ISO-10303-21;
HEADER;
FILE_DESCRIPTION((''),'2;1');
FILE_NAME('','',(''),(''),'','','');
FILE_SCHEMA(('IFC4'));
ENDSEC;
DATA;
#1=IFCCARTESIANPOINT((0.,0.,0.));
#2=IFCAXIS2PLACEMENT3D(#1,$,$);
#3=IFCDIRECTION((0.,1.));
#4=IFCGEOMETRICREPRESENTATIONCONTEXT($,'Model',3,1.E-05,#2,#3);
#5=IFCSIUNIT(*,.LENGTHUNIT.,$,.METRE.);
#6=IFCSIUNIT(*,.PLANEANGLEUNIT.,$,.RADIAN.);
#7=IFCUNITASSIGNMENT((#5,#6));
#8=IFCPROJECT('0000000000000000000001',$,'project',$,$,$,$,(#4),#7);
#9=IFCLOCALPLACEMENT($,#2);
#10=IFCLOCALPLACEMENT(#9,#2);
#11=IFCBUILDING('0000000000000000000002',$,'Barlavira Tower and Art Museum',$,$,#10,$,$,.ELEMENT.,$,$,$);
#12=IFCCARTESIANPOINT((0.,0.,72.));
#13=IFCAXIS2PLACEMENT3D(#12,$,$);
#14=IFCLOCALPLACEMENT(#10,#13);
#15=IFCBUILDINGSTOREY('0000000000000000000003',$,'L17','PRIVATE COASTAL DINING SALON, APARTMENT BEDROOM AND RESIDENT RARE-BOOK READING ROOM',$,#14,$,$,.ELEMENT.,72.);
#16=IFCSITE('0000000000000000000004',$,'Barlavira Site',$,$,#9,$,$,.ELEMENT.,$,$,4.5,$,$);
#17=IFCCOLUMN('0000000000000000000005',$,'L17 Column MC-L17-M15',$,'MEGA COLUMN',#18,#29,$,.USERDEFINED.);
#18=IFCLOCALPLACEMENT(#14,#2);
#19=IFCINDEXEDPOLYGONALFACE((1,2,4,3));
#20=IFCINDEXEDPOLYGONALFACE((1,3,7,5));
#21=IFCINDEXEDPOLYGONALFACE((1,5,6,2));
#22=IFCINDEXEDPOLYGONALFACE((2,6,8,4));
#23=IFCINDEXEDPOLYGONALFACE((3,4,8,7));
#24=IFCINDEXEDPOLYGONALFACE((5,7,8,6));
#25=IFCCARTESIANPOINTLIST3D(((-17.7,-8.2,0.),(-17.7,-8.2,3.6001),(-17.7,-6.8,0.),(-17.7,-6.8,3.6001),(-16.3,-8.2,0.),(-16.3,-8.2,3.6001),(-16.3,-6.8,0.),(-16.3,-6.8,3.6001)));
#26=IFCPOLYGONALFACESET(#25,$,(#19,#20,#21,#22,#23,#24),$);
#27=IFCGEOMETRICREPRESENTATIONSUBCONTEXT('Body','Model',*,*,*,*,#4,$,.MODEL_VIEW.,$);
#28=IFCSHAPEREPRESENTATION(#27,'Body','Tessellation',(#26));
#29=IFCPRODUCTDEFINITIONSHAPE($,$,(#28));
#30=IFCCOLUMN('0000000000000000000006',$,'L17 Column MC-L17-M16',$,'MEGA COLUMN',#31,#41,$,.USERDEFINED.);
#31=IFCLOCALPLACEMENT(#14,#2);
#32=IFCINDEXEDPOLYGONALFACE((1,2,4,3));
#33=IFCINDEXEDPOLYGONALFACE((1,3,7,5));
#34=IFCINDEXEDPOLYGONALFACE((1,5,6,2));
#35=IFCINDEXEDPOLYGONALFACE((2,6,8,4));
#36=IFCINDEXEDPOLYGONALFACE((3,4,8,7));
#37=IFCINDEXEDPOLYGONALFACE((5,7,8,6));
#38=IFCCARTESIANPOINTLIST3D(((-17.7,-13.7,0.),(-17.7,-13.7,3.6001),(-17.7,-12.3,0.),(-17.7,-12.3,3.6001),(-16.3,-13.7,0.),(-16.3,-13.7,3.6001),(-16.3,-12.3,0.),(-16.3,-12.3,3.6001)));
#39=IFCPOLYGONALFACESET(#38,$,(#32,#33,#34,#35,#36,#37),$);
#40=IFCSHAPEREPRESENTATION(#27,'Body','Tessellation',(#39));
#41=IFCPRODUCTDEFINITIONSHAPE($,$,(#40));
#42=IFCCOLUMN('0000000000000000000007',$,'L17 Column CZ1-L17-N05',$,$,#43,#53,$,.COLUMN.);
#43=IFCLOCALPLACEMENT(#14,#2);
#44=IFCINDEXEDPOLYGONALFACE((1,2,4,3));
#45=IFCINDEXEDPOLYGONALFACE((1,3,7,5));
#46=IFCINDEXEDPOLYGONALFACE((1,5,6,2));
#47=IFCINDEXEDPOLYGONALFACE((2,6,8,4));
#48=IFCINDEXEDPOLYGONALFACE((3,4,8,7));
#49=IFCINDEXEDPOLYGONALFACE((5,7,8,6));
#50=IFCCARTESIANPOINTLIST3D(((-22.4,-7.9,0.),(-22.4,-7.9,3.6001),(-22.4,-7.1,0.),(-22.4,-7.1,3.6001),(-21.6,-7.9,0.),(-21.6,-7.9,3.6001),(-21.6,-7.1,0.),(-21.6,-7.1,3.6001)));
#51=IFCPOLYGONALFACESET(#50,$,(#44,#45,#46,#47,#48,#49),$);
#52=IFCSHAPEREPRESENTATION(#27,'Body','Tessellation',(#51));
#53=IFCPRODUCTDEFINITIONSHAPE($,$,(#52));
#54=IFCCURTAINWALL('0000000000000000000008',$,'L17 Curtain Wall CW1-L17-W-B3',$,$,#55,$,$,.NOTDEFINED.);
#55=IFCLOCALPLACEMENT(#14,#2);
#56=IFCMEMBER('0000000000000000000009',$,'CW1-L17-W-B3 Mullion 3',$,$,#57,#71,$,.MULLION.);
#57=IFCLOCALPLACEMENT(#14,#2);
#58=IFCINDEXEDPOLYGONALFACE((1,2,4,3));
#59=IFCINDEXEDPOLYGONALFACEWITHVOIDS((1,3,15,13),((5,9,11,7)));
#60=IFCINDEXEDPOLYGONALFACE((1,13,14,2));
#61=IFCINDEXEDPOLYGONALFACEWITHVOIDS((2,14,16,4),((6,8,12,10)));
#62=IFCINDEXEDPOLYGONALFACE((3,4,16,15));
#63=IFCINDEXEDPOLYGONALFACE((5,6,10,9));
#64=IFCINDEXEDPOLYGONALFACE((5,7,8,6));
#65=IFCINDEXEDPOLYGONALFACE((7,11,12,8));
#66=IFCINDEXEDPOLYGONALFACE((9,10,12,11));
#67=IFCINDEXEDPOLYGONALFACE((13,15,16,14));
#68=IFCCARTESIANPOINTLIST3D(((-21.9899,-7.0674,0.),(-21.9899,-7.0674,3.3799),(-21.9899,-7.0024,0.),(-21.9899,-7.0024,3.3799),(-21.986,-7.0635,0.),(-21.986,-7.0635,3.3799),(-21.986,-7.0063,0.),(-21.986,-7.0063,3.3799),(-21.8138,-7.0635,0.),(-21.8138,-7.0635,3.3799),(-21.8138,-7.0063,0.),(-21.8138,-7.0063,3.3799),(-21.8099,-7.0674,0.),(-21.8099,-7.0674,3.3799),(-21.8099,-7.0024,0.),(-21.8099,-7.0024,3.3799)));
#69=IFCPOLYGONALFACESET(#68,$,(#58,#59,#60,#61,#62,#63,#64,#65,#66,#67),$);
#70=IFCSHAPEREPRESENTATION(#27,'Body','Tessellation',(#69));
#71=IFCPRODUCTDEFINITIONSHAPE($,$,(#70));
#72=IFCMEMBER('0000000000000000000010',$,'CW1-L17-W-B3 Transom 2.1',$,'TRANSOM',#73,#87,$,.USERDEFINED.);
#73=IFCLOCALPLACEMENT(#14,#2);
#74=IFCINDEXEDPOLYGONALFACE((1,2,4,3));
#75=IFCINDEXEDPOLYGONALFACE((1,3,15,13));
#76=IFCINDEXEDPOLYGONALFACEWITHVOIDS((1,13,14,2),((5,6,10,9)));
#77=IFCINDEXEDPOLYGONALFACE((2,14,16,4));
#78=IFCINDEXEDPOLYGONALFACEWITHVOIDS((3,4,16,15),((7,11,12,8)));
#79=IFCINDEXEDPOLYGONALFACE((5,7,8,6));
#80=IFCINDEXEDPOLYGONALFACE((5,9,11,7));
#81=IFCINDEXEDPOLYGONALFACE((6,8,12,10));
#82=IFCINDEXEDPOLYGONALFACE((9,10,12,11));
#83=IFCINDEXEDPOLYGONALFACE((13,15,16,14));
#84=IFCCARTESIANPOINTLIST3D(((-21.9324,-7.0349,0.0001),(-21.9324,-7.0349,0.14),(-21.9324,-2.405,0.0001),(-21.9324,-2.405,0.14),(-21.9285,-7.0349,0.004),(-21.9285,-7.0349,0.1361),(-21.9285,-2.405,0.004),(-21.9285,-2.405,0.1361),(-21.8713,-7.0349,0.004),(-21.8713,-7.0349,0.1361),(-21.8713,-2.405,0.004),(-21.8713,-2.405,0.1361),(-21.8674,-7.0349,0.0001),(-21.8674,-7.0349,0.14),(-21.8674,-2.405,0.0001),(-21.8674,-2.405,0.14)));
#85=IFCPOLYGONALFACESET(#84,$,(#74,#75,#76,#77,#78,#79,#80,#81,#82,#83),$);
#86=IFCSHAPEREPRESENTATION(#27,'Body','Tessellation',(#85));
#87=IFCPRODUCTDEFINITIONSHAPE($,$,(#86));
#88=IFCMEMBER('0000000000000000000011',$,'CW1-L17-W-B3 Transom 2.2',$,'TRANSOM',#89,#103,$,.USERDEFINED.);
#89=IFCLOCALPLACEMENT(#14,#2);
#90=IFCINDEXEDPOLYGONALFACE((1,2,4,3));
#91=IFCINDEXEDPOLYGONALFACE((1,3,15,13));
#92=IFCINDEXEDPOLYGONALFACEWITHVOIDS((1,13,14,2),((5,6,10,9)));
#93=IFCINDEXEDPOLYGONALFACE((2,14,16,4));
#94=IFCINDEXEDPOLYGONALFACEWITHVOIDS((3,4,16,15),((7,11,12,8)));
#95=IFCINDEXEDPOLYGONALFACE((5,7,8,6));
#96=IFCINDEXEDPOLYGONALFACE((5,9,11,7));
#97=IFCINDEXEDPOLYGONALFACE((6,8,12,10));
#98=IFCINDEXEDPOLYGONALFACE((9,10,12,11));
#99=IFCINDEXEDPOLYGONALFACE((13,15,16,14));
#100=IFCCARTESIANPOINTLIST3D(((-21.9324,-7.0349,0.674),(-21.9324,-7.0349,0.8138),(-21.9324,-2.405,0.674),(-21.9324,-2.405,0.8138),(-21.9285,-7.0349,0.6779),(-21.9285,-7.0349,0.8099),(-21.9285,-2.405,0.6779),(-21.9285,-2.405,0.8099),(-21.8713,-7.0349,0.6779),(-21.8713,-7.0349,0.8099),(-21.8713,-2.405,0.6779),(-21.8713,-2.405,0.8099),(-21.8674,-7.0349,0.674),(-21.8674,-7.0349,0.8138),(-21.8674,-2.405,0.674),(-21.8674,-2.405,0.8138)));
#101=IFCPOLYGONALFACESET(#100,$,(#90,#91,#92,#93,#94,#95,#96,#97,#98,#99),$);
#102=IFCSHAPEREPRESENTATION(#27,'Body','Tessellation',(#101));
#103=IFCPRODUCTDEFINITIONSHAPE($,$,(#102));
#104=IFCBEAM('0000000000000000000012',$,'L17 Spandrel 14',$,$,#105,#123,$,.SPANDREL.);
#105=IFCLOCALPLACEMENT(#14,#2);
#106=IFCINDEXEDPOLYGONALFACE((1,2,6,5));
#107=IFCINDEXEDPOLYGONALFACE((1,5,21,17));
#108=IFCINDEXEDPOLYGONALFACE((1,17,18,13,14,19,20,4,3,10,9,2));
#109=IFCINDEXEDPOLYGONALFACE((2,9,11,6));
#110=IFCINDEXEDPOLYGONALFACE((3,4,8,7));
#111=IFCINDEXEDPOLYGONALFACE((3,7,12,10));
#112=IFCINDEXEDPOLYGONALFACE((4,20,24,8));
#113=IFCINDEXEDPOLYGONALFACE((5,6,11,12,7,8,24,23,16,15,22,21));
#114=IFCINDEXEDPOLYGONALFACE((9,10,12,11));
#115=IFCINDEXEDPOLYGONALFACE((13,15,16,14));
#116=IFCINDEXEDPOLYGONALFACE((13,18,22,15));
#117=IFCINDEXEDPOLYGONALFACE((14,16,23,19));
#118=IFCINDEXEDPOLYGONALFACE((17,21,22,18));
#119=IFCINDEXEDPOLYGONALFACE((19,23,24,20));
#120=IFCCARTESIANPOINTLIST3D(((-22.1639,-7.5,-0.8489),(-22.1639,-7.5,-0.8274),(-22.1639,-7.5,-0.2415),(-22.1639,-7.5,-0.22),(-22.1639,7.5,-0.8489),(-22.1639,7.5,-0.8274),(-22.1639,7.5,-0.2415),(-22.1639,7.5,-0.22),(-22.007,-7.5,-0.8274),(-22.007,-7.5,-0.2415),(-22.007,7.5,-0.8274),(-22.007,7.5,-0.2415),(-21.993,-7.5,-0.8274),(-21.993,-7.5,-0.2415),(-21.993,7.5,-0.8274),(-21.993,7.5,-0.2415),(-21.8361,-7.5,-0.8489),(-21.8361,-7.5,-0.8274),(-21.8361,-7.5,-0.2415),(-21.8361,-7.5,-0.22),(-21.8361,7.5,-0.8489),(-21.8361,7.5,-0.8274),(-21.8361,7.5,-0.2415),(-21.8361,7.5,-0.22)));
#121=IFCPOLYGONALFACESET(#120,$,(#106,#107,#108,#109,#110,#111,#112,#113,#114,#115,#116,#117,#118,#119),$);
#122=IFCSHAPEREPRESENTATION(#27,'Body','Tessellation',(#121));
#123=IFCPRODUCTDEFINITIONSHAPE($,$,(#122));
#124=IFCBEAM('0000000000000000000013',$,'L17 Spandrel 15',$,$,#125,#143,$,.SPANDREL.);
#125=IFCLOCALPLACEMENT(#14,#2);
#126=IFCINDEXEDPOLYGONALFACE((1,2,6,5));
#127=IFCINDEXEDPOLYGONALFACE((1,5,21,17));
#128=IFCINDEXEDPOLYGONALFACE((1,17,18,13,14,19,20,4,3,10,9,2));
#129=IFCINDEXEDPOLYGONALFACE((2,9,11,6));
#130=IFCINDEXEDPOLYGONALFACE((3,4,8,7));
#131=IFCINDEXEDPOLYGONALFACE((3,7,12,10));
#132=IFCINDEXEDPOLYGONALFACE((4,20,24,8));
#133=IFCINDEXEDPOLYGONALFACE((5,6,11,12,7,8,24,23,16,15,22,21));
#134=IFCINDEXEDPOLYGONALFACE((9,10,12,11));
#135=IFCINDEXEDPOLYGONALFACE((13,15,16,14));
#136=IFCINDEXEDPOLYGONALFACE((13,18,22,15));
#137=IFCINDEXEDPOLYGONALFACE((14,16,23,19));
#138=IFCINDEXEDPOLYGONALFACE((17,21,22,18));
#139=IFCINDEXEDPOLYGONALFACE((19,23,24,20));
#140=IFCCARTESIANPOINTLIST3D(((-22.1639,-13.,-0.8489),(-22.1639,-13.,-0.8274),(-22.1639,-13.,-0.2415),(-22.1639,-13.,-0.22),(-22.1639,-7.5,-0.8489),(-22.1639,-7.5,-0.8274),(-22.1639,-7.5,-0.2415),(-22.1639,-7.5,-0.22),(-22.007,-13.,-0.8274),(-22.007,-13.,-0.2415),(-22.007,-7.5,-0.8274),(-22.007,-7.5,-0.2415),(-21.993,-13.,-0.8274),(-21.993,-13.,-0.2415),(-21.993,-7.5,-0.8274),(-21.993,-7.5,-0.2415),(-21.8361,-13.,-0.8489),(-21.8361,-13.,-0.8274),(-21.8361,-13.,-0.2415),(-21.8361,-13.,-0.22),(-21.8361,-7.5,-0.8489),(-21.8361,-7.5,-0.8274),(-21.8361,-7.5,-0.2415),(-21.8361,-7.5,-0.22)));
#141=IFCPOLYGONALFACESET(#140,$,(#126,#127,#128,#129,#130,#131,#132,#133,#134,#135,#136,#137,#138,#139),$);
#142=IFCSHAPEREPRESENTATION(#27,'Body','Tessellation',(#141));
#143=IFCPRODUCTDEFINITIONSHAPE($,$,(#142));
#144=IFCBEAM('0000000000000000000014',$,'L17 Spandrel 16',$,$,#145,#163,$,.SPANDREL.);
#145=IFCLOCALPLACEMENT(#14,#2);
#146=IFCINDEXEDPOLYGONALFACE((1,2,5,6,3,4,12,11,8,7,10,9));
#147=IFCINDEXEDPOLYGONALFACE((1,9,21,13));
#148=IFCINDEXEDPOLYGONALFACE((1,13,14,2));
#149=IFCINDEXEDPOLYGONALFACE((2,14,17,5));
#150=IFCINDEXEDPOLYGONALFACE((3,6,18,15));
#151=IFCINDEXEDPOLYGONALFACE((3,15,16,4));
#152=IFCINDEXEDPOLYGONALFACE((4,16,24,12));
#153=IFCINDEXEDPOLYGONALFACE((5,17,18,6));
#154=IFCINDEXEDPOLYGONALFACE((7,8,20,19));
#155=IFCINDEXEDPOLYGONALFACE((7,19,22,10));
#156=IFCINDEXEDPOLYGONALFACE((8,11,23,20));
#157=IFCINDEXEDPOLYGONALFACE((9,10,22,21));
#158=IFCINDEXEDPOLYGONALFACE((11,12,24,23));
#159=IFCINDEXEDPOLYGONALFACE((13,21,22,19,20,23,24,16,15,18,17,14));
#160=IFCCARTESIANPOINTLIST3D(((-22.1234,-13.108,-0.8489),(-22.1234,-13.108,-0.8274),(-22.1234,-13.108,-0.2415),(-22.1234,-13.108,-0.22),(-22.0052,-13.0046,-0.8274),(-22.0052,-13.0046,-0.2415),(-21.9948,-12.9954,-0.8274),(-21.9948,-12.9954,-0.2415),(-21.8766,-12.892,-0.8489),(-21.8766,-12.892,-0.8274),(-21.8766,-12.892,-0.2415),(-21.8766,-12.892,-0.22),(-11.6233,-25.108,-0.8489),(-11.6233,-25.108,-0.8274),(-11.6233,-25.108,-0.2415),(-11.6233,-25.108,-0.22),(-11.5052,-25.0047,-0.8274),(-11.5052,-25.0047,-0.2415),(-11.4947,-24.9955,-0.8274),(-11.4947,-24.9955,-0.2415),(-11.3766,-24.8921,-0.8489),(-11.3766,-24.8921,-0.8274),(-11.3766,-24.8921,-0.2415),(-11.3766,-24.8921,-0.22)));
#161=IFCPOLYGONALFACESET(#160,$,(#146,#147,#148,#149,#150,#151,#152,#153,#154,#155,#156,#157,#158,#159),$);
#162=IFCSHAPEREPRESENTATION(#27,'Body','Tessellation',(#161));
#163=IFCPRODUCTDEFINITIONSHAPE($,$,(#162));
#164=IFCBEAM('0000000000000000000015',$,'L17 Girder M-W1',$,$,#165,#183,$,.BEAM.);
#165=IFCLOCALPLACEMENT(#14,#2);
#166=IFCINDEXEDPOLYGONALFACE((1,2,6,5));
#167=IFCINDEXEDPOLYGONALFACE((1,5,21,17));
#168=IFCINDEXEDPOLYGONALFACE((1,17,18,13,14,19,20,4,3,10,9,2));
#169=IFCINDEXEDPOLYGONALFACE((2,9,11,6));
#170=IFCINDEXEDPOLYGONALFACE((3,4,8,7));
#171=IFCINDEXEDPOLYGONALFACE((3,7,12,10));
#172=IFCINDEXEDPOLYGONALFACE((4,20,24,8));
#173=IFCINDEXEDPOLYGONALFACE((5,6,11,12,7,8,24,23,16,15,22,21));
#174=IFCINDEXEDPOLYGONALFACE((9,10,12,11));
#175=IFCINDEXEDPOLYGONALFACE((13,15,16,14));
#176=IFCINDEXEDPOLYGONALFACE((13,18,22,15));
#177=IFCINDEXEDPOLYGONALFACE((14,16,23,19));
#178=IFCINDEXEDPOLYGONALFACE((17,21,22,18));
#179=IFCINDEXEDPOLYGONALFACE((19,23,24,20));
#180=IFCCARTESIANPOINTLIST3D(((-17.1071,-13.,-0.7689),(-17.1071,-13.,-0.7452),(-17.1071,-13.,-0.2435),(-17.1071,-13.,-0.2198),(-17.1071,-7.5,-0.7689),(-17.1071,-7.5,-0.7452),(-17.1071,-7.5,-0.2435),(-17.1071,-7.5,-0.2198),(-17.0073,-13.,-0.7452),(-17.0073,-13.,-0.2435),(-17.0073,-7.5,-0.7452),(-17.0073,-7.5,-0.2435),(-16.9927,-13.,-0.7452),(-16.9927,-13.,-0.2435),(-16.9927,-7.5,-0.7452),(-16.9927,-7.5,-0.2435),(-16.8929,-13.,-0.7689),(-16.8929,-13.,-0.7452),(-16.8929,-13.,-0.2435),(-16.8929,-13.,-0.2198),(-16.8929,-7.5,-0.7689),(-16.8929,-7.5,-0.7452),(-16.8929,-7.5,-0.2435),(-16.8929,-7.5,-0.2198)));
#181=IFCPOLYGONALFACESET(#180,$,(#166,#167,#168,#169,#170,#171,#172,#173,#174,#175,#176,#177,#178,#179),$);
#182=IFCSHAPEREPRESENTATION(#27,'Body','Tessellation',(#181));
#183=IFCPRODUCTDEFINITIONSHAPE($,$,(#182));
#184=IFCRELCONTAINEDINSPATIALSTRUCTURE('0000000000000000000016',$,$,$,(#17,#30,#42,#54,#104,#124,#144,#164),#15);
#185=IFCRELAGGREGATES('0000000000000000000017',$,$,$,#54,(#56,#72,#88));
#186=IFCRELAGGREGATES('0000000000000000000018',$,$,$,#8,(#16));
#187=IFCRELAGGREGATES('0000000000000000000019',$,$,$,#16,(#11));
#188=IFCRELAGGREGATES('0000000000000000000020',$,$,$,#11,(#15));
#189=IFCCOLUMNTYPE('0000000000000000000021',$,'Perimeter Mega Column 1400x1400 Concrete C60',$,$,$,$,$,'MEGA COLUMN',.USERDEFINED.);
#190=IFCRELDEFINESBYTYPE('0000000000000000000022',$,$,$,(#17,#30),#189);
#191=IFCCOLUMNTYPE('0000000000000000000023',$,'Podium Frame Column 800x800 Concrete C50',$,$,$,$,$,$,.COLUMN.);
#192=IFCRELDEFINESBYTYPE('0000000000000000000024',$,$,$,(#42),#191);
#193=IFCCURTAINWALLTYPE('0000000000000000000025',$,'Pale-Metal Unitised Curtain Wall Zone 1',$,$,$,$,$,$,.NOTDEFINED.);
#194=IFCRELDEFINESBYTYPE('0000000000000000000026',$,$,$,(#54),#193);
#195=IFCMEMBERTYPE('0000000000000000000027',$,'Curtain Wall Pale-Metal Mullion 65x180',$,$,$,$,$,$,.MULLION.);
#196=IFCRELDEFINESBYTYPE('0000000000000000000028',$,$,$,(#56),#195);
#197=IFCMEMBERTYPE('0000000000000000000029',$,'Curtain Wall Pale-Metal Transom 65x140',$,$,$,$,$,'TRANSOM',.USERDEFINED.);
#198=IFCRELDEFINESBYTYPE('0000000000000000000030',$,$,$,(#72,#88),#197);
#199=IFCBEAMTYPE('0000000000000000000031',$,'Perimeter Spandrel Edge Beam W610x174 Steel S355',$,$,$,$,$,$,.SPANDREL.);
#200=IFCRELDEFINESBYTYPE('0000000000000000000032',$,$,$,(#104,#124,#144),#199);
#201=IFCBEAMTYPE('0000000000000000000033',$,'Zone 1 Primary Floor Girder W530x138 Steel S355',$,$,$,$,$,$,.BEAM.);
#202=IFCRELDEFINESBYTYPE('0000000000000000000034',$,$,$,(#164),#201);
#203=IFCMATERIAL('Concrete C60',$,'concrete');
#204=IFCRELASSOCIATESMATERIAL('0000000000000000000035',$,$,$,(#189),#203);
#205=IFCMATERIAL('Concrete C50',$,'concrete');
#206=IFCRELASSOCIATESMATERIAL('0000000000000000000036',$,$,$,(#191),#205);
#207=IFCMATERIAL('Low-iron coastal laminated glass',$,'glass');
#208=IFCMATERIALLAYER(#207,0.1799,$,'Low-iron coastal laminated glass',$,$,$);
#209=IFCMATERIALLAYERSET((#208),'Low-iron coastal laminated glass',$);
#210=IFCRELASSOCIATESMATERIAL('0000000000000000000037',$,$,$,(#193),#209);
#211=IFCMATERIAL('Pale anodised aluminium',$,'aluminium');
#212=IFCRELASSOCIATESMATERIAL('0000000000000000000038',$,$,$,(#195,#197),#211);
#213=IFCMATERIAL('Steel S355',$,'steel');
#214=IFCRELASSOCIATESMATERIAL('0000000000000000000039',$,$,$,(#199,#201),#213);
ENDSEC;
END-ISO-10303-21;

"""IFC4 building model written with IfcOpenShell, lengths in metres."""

from ifc_helpers import new_model, si_unit, direction, frame, origin, origin_2d, place, context, subcontext, project, spatial, rectangle, hollow_rectangle, i_section, extrude, material, layer, layer_set, material_profile, profile_set, type_object, element, aggregate, save


model = new_model("IFC4")

# Units and contexts
model_context = context("Model", 3, precision=1e-05, world=origin(), true_north=direction((0.0, 1.0)))
body_context = subcontext(model_context, "Body", "Model", "MODEL_VIEW")
ifc_project = project(units=[si_unit("LENGTHUNIT", "METRE"), si_unit("PLANEANGLEUNIT", "RADIAN")], contexts=[model_context])

# Site, building, storey
site_placement = place(None, origin())
site = spatial("IfcSite", under=ifc_project, at=site_placement, Name="Barlavira Site", CompositionType="ELEMENT", RefElevation=4.5)
building_placement = place(site_placement, origin())
building = spatial("IfcBuilding", under=site, at=building_placement, Name="Barlavira Tower and Art Museum", CompositionType="ELEMENT")
storey_placement = place(building_placement, frame((0.0, 0.0, 72.0)))
storey = spatial("IfcBuildingStorey", under=building, at=storey_placement, Name="L17", Description="PRIVATE COASTAL DINING SALON, APARTMENT BEDROOM AND RESIDENT RARE-BOOK READING ROOM", CompositionType="ELEMENT", Elevation=72.0)

# Columns
ifc_material_1 = material(Name="Concrete C60", Category="concrete")
ifc_material_profile_1 = material_profile(ifc_material_1, rectangle(XDim=1.3999, YDim=1.3999, at=origin_2d()), Name="RC-MCOL 1400x1400")
ifc_profile_set_1 = profile_set([ifc_material_profile_1], Name="Concrete C60")
column_type_1 = type_object("IfcColumnType", Name="Perimeter Mega Column 1400x1400 Concrete C60", ElementType="MEGA COLUMN", PredefinedType="USERDEFINED", material=ifc_profile_set_1)
for number, where, z_axis, x_axis, name in (
    (1, (-17.0, -7.5, 0.0), (0.0, 0.0, 1.0), (1.0, 0.0, 0.0), "L17 Column MC-L17-M15"),
    (2, (-17.0, -13.0, 0.0), (0.0, 0.0, 1.0), (1.0, 0.0, 0.0), "L17 Column MC-L17-M16"),
):
    element("IfcColumn", number, at=place(storey_placement, frame(where, z_axis=z_axis, x_axis=x_axis)), inside=storey, type_object=column_type_1, Name=name, ObjectType="MEGA COLUMN", PredefinedType="USERDEFINED", context=body_context, shape_type="SweptSolid", body=[
        extrude(rectangle(XDim=1.3999, YDim=1.3999, at=origin_2d()), origin(), (0.0, 0.0, 1.0), 3.6001),
    ])
ifc_material_2 = material(Name="Concrete C50", Category="concrete")
ifc_material_profile_2 = material_profile(ifc_material_2, rectangle(XDim=0.8, YDim=0.8, at=origin_2d()), Name="RC-COL 800x800")
ifc_profile_set_2 = profile_set([ifc_material_profile_2], Name="Concrete C50")
column_type_2 = type_object("IfcColumnType", Name="Podium Frame Column 800x800 Concrete C50", PredefinedType="COLUMN", material=ifc_profile_set_2)
column_placement = place(storey_placement, frame((-22.0, -7.5, 0.0), z_axis=(0.0, 0.0, 1.0), x_axis=(1.0, 0.0, 0.0)))
element("IfcColumn", 3, at=column_placement, inside=storey, type_object=column_type_2, Name="L17 Column CZ1-L17-N05", PredefinedType="COLUMN", context=body_context, shape_type="SweptSolid", body=[
    extrude(rectangle(XDim=0.8, YDim=0.8, at=origin_2d()), origin(), (0.0, 0.0, 1.0), 3.6001),
])

# Curtain wall, members
ifc_material_3 = material(Name="Low-iron coastal laminated glass", Category="glass")
ifc_layer_1 = layer(ifc_material_3, 0.1799, Name="Low-iron coastal laminated glass")
ifc_layer_set_1 = layer_set([ifc_layer_1], Name="Low-iron coastal laminated glass")
curtain_wall_type = type_object("IfcCurtainWallType", Name="Pale-Metal Unitised Curtain Wall Zone 1", PredefinedType="NOTDEFINED", material=ifc_layer_set_1)
curtain_wall_placement = place(storey_placement, origin())
curtain_wall = element("IfcCurtainWall", 4, at=curtain_wall_placement, inside=storey, type_object=curtain_wall_type, Name="L17 Curtain Wall CW1-L17-W-B3", PredefinedType="NOTDEFINED")
ifc_material_4 = material(Name="Pale anodised aluminium", Category="aluminium")
ifc_material_profile_3 = material_profile(ifc_material_4, hollow_rectangle(XDim=0.0649, YDim=0.1799, WallThickness=0.0039, at=origin_2d()), Name="ALU-MULL 65x180x4")
ifc_profile_set_3 = profile_set([ifc_material_profile_3], Name="Pale anodised aluminium")
member_type_1 = type_object("IfcMemberType", Name="Curtain Wall Pale-Metal Mullion 65x180", PredefinedType="MULLION", material=ifc_profile_set_3)
member_1_placement = place(storey_placement, frame((-21.8999, -7.0349, 0.0), z_axis=(0.0, 0.0, 1.0), x_axis=(0.0, -1.0, 0.0)))
member_1 = element("IfcMember", 5, at=member_1_placement, type_object=member_type_1, Name="CW1-L17-W-B3 Mullion 3", PredefinedType="MULLION", context=body_context, shape_type="SweptSolid", body=[
    extrude(hollow_rectangle(XDim=0.0649, YDim=0.1799, WallThickness=0.0039, at=origin_2d()), origin(), (0.0, 0.0, 1.0), 3.3799),
])
ifc_material_profile_4 = material_profile(ifc_material_4, hollow_rectangle(XDim=0.0649, YDim=0.1399, WallThickness=0.0039, at=origin_2d()), Name="ALU-TRAN 65x140x4")
ifc_profile_set_4 = profile_set([ifc_material_profile_4], Name="Pale anodised aluminium")
member_type_2 = type_object("IfcMemberType", Name="Curtain Wall Pale-Metal Transom 65x140", ElementType="TRANSOM", PredefinedType="USERDEFINED", material=ifc_profile_set_4)
member_2_placement = place(storey_placement, frame((-21.8999, -2.405, 0.0701), z_axis=(0.0, -1.0, 0.0), x_axis=(1.0, 0.0, 0.0)))
member_2 = element("IfcMember", 6, at=member_2_placement, type_object=member_type_2, Name="CW1-L17-W-B3 Transom 2.1", ObjectType="TRANSOM", PredefinedType="USERDEFINED", context=body_context, shape_type="SweptSolid", body=[
    extrude(hollow_rectangle(XDim=0.0649, YDim=0.1399, WallThickness=0.0039, at=origin_2d()), origin(), (0.0, 0.0, 1.0), 4.6299),
])
member_3_placement = place(storey_placement, frame((-21.8999, -2.405, 0.7439), z_axis=(0.0, -1.0, 0.0), x_axis=(1.0, 0.0, 0.0)))
member_3 = element("IfcMember", 7, at=member_3_placement, type_object=member_type_2, Name="CW1-L17-W-B3 Transom 2.2", ObjectType="TRANSOM", PredefinedType="USERDEFINED", context=body_context, shape_type="SweptSolid", body=[
    extrude(hollow_rectangle(XDim=0.0649, YDim=0.1399, WallThickness=0.0039, at=origin_2d()), origin(), (0.0, 0.0, 1.0), 4.6299),
])

# Beams
ifc_material_5 = material(Name="Steel S355", Category="steel")
ifc_material_profile_5 = material_profile(ifc_material_5, i_section(OverallWidth=0.3279, OverallDepth=0.6289, WebThickness=0.0139, FlangeThickness=0.0215, at=origin_2d()), Name="W610x174.0")
ifc_profile_set_5 = profile_set([ifc_material_profile_5], Name="Steel S355")
beam_type_1 = type_object("IfcBeamType", Name="Perimeter Spandrel Edge Beam W610x174 Steel S355", PredefinedType="SPANDREL", material=ifc_profile_set_5)
beam_1_placement = place(storey_placement, frame((-22.0, -7.5, -0.5344), z_axis=(0.0, 1.0, 0.0), x_axis=(-1.0, 0.0, 0.0)))
element("IfcBeam", 8, at=beam_1_placement, inside=storey, type_object=beam_type_1, Name="L17 Spandrel 14", PredefinedType="SPANDREL", context=body_context, shape_type="SweptSolid", body=[
    extrude(i_section(OverallWidth=0.3279, OverallDepth=0.6289, WebThickness=0.0139, FlangeThickness=0.0215, at=origin_2d()), origin(), (0.0, 0.0, 1.0), 15.0),
])
beam_2_placement = place(storey_placement, frame((-22.0, -13.0, -0.5344), z_axis=(0.0, 1.0, 0.0), x_axis=(-1.0, 0.0, 0.0)))
element("IfcBeam", 9, at=beam_2_placement, inside=storey, type_object=beam_type_1, Name="L17 Spandrel 15", PredefinedType="SPANDREL", context=body_context, shape_type="SweptSolid", body=[
    extrude(i_section(OverallWidth=0.3279, OverallDepth=0.6289, WebThickness=0.0139, FlangeThickness=0.0215, at=origin_2d()), origin(), (0.0, 0.0, 1.0), 5.5),
])
beam_3_placement = place(storey_placement, frame((-22.0, -13.0, -0.5344), z_axis=(0.658505, -0.752577, 0.0), x_axis=(0.752577, 0.658505, 0.0)))
element("IfcBeam", 10, at=beam_3_placement, inside=storey, type_object=beam_type_1, Name="L17 Spandrel 16", PredefinedType="SPANDREL", context=body_context, shape_type="SweptSolid", body=[
    extrude(i_section(OverallWidth=0.3279, OverallDepth=0.6289, WebThickness=0.0139, FlangeThickness=0.0215, at=origin_2d()), origin(), (0.0, 0.0, 1.0), 15.9453),
])
ifc_material_profile_6 = material_profile(ifc_material_5, i_section(OverallWidth=0.2141, OverallDepth=0.5491, WebThickness=0.0146, FlangeThickness=0.0237, at=origin_2d()), Name="W530x138.0")
ifc_profile_set_6 = profile_set([ifc_material_profile_6], Name="Steel S355")
beam_type_2 = type_object("IfcBeamType", Name="Zone 1 Primary Floor Girder W530x138 Steel S355", PredefinedType="BEAM", material=ifc_profile_set_6)
beam_4_placement = place(storey_placement, frame((-17.0, -13.0, -0.4944), z_axis=(0.0, 1.0, 0.0), x_axis=(-1.0, 0.0, 0.0)))
element("IfcBeam", 11, at=beam_4_placement, inside=storey, type_object=beam_type_2, Name="L17 Girder M-W1", PredefinedType="BEAM", context=body_context, shape_type="SweptSolid", body=[
    extrude(i_section(OverallWidth=0.2141, OverallDepth=0.5491, WebThickness=0.0146, FlangeThickness=0.0237, at=origin_2d()), origin(), (0.0, 0.0, 1.0), 5.5),
])

aggregate(curtain_wall, [member_1, member_2, member_3])

save(model, "model.ifc")
